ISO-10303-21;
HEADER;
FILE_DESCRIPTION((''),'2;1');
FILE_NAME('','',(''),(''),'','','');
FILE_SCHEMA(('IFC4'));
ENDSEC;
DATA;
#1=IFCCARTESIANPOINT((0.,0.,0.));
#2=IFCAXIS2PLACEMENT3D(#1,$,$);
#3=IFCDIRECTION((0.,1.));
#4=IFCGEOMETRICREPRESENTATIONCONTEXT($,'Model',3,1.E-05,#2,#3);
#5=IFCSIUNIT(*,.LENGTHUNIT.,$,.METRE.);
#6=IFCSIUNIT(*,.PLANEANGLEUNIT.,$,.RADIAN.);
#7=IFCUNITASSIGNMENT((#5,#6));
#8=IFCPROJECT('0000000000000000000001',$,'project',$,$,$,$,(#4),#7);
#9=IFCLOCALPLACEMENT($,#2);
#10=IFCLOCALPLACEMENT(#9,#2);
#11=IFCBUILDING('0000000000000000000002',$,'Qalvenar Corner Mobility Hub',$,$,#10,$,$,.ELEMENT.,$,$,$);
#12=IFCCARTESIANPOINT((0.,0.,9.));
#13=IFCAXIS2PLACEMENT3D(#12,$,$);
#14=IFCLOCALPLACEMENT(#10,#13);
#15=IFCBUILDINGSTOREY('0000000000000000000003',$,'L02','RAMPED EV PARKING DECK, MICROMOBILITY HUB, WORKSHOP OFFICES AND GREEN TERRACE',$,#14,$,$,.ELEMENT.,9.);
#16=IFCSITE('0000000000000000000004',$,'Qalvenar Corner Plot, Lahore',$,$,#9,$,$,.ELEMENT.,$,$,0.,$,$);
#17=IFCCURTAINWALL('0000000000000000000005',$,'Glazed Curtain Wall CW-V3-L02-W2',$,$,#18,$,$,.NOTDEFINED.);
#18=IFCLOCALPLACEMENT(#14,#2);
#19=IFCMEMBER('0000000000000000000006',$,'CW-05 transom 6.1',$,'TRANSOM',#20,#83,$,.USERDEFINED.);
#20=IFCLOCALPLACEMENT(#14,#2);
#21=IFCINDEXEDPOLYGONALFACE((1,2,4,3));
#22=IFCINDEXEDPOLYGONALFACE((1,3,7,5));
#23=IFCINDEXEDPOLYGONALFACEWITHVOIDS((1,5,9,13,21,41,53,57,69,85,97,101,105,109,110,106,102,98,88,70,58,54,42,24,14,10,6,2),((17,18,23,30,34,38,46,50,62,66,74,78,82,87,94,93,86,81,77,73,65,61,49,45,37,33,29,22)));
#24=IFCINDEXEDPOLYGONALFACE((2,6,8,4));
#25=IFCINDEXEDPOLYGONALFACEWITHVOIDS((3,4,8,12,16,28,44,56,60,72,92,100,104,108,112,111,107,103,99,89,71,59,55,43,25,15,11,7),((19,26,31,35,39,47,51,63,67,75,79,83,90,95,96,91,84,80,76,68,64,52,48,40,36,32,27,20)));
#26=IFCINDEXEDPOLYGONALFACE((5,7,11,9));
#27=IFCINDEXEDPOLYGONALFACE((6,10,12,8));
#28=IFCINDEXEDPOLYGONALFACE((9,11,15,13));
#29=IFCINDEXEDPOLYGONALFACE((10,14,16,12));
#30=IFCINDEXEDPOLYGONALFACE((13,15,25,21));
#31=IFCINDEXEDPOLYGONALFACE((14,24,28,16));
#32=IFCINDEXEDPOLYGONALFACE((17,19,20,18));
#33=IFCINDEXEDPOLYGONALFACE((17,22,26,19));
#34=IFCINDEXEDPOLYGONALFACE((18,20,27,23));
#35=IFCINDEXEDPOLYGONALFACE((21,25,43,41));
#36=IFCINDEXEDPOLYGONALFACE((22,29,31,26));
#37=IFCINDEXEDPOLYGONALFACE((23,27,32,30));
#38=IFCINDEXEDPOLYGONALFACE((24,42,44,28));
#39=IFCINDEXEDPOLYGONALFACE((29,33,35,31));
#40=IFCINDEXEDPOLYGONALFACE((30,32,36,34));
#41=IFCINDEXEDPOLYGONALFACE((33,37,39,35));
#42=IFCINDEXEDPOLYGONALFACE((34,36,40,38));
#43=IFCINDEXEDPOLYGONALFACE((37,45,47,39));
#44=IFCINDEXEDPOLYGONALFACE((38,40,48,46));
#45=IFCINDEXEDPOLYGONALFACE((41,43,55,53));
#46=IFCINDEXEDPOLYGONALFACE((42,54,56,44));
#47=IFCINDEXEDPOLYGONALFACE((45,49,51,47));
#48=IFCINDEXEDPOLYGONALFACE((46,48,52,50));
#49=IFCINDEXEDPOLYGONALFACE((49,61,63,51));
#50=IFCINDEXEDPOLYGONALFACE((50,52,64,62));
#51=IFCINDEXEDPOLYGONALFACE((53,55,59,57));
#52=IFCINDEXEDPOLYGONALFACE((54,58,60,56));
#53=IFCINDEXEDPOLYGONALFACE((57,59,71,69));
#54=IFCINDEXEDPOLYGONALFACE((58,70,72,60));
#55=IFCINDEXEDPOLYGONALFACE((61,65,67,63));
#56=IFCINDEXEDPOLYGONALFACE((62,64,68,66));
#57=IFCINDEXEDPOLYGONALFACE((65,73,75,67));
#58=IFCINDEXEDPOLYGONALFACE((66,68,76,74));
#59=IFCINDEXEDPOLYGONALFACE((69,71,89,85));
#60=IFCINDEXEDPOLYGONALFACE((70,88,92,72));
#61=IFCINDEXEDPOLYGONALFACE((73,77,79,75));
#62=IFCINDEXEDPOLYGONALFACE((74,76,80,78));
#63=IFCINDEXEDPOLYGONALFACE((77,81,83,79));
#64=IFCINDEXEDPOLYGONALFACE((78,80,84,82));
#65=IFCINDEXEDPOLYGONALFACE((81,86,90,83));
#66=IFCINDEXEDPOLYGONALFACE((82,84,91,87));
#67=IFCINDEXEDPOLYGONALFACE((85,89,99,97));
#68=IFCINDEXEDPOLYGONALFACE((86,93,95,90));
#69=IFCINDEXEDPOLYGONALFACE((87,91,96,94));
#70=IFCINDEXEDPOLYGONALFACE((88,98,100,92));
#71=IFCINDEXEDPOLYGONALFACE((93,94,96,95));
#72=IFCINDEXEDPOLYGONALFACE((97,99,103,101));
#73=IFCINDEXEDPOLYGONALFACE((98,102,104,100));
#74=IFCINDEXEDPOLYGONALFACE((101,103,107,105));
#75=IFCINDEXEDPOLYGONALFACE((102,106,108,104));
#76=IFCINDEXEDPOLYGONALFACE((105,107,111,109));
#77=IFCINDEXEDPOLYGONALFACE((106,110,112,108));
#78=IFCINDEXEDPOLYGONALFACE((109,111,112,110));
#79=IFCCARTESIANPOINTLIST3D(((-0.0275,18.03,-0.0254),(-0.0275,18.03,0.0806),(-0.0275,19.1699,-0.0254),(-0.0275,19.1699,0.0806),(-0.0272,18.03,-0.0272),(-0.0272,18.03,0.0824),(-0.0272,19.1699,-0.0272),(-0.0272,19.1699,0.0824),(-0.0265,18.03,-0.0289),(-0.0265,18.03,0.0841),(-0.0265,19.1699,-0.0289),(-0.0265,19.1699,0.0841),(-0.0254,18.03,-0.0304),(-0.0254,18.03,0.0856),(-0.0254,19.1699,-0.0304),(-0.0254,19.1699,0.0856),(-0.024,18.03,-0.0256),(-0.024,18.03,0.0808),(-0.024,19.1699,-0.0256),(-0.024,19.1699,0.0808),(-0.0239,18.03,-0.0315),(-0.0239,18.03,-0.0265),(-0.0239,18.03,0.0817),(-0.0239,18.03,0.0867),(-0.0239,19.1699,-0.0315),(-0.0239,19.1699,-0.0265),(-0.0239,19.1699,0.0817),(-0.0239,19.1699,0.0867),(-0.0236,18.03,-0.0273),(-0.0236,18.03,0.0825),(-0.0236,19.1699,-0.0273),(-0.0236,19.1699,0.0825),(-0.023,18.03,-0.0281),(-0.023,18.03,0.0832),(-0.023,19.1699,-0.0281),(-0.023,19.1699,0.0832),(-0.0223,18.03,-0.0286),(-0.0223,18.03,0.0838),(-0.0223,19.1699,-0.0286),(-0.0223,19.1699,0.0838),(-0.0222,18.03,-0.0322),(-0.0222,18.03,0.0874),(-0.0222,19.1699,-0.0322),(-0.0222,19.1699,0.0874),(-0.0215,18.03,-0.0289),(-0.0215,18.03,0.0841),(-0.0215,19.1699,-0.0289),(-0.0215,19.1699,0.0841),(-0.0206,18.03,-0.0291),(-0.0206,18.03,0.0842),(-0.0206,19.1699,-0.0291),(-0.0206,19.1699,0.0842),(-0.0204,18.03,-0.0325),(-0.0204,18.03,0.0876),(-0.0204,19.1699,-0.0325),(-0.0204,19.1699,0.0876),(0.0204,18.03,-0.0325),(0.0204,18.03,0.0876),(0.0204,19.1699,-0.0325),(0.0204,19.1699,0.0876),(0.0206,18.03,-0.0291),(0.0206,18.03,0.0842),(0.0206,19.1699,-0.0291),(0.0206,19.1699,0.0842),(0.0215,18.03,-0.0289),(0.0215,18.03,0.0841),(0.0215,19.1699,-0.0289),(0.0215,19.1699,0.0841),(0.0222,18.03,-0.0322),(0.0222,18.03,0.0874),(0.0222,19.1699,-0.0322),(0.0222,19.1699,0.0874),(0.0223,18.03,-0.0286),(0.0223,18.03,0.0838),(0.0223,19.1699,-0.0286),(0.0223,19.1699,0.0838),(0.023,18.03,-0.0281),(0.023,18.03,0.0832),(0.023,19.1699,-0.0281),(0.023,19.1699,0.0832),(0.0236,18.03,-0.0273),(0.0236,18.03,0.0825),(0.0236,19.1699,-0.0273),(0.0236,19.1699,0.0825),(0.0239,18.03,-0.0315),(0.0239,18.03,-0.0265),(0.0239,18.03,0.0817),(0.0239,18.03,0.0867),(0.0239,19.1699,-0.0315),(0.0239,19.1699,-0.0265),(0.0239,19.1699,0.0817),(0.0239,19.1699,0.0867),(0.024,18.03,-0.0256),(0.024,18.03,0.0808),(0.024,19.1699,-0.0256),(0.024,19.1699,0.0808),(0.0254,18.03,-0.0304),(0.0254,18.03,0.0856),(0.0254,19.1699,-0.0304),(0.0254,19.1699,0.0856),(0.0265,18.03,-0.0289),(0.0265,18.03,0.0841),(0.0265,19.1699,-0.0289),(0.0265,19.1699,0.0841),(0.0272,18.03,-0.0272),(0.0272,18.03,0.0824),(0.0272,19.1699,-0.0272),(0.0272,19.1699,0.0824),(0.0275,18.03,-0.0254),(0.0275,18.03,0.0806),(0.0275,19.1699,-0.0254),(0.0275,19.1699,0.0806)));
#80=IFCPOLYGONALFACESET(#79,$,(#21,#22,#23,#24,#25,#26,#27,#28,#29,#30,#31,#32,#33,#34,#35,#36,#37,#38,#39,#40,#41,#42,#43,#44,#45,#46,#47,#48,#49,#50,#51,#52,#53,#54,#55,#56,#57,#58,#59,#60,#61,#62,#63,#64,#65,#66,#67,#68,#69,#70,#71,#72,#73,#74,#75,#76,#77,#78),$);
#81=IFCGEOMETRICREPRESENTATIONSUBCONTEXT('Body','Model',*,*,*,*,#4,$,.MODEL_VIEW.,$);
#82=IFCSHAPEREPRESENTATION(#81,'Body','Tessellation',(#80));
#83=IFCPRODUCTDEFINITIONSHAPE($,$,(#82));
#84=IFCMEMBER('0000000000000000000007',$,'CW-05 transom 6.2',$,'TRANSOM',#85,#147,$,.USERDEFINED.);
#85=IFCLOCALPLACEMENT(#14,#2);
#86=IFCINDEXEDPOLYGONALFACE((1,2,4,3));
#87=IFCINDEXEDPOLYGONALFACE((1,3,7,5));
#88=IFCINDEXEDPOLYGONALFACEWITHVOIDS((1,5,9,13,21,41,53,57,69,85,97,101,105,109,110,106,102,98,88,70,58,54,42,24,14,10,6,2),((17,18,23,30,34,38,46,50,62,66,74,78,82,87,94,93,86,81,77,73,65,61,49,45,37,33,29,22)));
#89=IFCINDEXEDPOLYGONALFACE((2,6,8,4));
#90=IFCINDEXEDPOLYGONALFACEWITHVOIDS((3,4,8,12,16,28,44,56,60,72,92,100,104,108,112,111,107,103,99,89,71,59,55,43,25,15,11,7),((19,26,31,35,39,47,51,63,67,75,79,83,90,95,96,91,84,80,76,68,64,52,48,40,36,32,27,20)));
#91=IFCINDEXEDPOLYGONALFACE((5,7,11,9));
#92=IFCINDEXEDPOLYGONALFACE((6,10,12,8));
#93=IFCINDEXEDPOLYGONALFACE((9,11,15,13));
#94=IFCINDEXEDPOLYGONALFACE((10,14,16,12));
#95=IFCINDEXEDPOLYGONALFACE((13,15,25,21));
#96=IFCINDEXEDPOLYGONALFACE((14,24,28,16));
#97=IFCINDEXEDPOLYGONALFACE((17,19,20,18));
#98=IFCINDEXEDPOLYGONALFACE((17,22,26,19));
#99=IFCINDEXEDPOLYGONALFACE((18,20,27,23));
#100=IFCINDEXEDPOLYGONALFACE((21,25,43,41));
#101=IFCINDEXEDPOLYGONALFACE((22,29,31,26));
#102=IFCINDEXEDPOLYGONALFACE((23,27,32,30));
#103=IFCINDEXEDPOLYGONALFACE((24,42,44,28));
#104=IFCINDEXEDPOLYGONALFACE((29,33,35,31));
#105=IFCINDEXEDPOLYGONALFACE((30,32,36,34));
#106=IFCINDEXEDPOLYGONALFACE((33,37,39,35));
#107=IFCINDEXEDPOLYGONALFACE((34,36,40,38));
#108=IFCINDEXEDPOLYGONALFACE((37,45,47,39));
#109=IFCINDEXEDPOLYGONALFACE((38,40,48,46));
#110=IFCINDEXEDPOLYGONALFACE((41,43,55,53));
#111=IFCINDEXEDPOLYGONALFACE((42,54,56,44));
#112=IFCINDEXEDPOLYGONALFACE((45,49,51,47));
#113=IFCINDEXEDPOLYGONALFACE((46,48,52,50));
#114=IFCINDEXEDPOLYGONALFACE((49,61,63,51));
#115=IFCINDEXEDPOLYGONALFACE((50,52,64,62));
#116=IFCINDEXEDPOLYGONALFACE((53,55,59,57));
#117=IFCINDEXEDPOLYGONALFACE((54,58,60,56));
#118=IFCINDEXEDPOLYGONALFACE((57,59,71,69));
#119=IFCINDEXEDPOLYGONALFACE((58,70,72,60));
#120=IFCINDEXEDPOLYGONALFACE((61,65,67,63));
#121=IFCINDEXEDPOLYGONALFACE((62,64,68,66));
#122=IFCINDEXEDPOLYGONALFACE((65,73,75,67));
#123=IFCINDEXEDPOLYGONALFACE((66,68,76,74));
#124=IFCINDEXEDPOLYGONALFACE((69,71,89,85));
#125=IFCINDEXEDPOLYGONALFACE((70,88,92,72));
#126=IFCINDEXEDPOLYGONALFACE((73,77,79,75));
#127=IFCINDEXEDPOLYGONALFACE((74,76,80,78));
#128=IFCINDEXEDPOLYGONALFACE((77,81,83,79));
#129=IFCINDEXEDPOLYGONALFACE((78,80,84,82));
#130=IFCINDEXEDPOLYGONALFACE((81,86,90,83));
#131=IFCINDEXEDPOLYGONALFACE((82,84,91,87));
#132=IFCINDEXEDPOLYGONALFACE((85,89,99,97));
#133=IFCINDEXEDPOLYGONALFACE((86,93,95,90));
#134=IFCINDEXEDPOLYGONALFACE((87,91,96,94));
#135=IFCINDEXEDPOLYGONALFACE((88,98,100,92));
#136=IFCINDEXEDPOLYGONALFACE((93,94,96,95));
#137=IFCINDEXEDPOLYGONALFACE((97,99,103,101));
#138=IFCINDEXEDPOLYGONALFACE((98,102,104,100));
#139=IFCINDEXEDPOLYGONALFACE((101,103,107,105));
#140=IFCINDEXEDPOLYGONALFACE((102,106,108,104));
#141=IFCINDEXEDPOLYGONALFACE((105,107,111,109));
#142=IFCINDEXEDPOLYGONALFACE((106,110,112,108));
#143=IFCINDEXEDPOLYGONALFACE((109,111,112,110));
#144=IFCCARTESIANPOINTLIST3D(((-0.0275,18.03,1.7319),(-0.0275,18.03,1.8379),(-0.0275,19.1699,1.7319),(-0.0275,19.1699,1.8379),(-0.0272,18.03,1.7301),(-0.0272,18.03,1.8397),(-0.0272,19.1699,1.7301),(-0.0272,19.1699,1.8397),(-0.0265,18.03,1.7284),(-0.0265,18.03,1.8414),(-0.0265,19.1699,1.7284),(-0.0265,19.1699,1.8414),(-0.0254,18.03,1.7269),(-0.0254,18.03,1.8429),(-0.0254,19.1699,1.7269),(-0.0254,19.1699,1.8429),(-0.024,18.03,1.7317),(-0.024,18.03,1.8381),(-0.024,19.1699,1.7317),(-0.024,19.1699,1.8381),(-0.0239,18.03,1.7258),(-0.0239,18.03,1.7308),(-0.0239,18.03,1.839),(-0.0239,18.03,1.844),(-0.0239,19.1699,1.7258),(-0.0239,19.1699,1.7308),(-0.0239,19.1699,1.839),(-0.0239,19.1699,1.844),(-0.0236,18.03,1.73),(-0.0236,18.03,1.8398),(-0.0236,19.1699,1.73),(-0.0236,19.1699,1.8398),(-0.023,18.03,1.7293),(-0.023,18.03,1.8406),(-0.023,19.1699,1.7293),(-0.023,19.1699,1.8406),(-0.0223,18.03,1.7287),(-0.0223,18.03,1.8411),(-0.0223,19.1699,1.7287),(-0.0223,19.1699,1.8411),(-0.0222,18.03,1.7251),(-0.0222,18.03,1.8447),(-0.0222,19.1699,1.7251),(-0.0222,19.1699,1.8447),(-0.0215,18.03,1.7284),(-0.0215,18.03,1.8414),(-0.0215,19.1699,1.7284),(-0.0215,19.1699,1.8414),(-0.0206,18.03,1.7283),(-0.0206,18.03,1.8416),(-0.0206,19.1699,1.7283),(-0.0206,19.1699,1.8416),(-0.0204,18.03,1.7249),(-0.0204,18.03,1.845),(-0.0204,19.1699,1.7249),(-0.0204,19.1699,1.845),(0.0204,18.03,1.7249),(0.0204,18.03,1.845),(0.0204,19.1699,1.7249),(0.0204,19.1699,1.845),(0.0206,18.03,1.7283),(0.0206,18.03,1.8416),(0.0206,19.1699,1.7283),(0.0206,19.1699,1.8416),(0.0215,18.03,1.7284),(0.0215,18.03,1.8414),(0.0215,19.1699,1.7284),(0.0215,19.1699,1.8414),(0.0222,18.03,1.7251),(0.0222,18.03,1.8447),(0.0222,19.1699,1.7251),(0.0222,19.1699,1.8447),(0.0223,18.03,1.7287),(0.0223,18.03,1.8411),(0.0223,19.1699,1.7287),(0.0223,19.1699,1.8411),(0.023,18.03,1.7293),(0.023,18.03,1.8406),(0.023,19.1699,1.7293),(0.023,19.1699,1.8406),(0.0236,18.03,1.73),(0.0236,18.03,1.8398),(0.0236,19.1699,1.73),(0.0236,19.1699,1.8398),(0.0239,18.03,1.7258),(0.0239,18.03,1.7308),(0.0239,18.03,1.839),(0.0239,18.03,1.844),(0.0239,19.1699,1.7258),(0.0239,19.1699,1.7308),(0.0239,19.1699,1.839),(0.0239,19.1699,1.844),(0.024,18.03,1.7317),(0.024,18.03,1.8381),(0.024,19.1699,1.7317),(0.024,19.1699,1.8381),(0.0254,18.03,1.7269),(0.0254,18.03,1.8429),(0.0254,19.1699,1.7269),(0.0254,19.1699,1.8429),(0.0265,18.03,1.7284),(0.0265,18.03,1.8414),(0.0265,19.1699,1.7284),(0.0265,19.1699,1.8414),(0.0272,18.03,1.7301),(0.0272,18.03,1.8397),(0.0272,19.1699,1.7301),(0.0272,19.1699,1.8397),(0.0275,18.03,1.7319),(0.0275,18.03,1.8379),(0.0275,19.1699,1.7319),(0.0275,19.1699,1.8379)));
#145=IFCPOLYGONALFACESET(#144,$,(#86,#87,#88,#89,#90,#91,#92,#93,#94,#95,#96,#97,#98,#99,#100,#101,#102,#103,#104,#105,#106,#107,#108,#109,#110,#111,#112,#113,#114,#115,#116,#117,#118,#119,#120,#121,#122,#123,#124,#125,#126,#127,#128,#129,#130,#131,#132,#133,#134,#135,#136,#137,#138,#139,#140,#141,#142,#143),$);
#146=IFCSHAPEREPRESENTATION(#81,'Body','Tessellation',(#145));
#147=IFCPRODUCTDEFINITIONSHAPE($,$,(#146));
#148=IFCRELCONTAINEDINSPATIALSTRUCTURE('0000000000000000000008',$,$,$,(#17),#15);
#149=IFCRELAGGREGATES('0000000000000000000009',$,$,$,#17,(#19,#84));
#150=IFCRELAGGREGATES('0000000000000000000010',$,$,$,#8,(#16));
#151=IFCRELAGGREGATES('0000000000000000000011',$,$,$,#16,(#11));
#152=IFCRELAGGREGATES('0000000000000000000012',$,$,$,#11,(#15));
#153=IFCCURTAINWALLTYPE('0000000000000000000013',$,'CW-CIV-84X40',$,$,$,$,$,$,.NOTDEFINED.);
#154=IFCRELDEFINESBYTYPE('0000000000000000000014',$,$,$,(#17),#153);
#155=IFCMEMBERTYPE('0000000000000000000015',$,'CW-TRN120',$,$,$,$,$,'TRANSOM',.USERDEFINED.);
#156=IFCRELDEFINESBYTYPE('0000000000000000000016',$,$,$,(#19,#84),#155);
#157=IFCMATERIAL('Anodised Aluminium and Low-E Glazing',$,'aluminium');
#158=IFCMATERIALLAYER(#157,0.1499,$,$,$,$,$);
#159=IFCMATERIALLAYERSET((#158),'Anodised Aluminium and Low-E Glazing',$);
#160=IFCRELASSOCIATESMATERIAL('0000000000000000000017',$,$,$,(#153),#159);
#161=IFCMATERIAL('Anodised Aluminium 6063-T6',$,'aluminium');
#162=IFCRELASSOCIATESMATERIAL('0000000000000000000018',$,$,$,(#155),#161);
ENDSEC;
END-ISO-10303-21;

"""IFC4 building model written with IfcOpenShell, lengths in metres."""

from ifc_helpers import new_model, si_unit, direction, frame, origin, origin_2d, place, context, subcontext, project, spatial, hollow_rectangle, extrude, material, layer, layer_set, material_profile, profile_set, type_object, element, aggregate, save


model = new_model("IFC4")

# Units and contexts
model_context = context("Model", 3, precision=1e-05, world=origin(), true_north=direction((0.0, 1.0)))
body_context = subcontext(model_context, "Body", "Model", "MODEL_VIEW")
ifc_project = project(units=[si_unit("LENGTHUNIT", "METRE"), si_unit("PLANEANGLEUNIT", "RADIAN")], contexts=[model_context])

# Site, building, storey
site_placement = place(None, origin())
site = spatial("IfcSite", under=ifc_project, at=site_placement, Name="Qalvenar Corner Plot, Lahore", CompositionType="ELEMENT", RefElevation=0.0)
building_placement = place(site_placement, origin())
building = spatial("IfcBuilding", under=site, at=building_placement, Name="Qalvenar Corner Mobility Hub", CompositionType="ELEMENT")
storey_placement = place(building_placement, frame((0.0, 0.0, 9.0)))
storey = spatial("IfcBuildingStorey", under=building, at=storey_placement, Name="L02", Description="RAMPED EV PARKING DECK, MICROMOBILITY HUB, WORKSHOP OFFICES AND GREEN TERRACE", CompositionType="ELEMENT", Elevation=9.0)

# Curtain wall
ifc_material_1 = material(Name="Anodised Aluminium and Low-E Glazing", Category="aluminium")
ifc_layer_1 = layer(ifc_material_1, 0.1499)
ifc_layer_set_1 = layer_set([ifc_layer_1], Name="Anodised Aluminium and Low-E Glazing")
curtain_wall_type = type_object("IfcCurtainWallType", Name="CW-CIV-84X40", PredefinedType="NOTDEFINED", material=ifc_layer_set_1)
ifc_material_2 = material(Name="Anodised Aluminium 6063-T6", Category="aluminium")
curtain_wall_1_placement = place(storey_placement, origin())
curtain_wall_1 = element("IfcCurtainWall", 1, at=curtain_wall_1_placement, inside=storey, type_object=curtain_wall_type, Name="Glazed Curtain Wall CW-V3-L02-W2", PredefinedType="NOTDEFINED")

# Members
ifc_material_profile_1 = material_profile(ifc_material_2, hollow_rectangle(XDim=0.0549, YDim=0.1201, WallThickness=0.0034, InnerFilletRadius=0.0034, OuterFilletRadius=0.0071, at=origin_2d()), Name="RHS120x55x3.5")
ifc_profile_set_1 = profile_set([ifc_material_profile_1], Name="Anodised Aluminium 6063-T6")
member_type_1 = type_object("IfcMemberType", Name="CW-TRN120", ElementType="TRANSOM", PredefinedType="USERDEFINED", material=ifc_profile_set_1)
member_1_placement = place(storey_placement, frame((0.0, 19.1699, 0.0276), z_axis=(0.0, -1.0, 0.0), x_axis=(1.0, 0.0, 0.0)))
member_1 = element("IfcMember", 2, at=member_1_placement, type_object=member_type_1, Name="CW-05 transom 6.1", ObjectType="TRANSOM", PredefinedType="USERDEFINED", context=body_context, shape_type="SweptSolid", body=[
    extrude(hollow_rectangle(XDim=0.0549, YDim=0.1201, WallThickness=0.0034, InnerFilletRadius=0.0034, OuterFilletRadius=0.0071, at=origin_2d()), origin(), (0.0, 0.0, 1.0), 1.1399),
])
member_2_placement = place(storey_placement, frame((0.0, 19.1699, 1.7849), z_axis=(0.0, -1.0, 0.0), x_axis=(1.0, 0.0, 0.0)))
member_2 = element("IfcMember", 3, at=member_2_placement, type_object=member_type_1, Name="CW-05 transom 6.2", ObjectType="TRANSOM", PredefinedType="USERDEFINED", context=body_context, shape_type="SweptSolid", body=[
    extrude(hollow_rectangle(XDim=0.0549, YDim=0.1201, WallThickness=0.0034, InnerFilletRadius=0.0034, OuterFilletRadius=0.0071, at=origin_2d()), origin(), (0.0, 0.0, 1.0), 1.1399),
])

aggregate(curtain_wall_1, [member_1, member_2])

save(model, "model.ifc")
